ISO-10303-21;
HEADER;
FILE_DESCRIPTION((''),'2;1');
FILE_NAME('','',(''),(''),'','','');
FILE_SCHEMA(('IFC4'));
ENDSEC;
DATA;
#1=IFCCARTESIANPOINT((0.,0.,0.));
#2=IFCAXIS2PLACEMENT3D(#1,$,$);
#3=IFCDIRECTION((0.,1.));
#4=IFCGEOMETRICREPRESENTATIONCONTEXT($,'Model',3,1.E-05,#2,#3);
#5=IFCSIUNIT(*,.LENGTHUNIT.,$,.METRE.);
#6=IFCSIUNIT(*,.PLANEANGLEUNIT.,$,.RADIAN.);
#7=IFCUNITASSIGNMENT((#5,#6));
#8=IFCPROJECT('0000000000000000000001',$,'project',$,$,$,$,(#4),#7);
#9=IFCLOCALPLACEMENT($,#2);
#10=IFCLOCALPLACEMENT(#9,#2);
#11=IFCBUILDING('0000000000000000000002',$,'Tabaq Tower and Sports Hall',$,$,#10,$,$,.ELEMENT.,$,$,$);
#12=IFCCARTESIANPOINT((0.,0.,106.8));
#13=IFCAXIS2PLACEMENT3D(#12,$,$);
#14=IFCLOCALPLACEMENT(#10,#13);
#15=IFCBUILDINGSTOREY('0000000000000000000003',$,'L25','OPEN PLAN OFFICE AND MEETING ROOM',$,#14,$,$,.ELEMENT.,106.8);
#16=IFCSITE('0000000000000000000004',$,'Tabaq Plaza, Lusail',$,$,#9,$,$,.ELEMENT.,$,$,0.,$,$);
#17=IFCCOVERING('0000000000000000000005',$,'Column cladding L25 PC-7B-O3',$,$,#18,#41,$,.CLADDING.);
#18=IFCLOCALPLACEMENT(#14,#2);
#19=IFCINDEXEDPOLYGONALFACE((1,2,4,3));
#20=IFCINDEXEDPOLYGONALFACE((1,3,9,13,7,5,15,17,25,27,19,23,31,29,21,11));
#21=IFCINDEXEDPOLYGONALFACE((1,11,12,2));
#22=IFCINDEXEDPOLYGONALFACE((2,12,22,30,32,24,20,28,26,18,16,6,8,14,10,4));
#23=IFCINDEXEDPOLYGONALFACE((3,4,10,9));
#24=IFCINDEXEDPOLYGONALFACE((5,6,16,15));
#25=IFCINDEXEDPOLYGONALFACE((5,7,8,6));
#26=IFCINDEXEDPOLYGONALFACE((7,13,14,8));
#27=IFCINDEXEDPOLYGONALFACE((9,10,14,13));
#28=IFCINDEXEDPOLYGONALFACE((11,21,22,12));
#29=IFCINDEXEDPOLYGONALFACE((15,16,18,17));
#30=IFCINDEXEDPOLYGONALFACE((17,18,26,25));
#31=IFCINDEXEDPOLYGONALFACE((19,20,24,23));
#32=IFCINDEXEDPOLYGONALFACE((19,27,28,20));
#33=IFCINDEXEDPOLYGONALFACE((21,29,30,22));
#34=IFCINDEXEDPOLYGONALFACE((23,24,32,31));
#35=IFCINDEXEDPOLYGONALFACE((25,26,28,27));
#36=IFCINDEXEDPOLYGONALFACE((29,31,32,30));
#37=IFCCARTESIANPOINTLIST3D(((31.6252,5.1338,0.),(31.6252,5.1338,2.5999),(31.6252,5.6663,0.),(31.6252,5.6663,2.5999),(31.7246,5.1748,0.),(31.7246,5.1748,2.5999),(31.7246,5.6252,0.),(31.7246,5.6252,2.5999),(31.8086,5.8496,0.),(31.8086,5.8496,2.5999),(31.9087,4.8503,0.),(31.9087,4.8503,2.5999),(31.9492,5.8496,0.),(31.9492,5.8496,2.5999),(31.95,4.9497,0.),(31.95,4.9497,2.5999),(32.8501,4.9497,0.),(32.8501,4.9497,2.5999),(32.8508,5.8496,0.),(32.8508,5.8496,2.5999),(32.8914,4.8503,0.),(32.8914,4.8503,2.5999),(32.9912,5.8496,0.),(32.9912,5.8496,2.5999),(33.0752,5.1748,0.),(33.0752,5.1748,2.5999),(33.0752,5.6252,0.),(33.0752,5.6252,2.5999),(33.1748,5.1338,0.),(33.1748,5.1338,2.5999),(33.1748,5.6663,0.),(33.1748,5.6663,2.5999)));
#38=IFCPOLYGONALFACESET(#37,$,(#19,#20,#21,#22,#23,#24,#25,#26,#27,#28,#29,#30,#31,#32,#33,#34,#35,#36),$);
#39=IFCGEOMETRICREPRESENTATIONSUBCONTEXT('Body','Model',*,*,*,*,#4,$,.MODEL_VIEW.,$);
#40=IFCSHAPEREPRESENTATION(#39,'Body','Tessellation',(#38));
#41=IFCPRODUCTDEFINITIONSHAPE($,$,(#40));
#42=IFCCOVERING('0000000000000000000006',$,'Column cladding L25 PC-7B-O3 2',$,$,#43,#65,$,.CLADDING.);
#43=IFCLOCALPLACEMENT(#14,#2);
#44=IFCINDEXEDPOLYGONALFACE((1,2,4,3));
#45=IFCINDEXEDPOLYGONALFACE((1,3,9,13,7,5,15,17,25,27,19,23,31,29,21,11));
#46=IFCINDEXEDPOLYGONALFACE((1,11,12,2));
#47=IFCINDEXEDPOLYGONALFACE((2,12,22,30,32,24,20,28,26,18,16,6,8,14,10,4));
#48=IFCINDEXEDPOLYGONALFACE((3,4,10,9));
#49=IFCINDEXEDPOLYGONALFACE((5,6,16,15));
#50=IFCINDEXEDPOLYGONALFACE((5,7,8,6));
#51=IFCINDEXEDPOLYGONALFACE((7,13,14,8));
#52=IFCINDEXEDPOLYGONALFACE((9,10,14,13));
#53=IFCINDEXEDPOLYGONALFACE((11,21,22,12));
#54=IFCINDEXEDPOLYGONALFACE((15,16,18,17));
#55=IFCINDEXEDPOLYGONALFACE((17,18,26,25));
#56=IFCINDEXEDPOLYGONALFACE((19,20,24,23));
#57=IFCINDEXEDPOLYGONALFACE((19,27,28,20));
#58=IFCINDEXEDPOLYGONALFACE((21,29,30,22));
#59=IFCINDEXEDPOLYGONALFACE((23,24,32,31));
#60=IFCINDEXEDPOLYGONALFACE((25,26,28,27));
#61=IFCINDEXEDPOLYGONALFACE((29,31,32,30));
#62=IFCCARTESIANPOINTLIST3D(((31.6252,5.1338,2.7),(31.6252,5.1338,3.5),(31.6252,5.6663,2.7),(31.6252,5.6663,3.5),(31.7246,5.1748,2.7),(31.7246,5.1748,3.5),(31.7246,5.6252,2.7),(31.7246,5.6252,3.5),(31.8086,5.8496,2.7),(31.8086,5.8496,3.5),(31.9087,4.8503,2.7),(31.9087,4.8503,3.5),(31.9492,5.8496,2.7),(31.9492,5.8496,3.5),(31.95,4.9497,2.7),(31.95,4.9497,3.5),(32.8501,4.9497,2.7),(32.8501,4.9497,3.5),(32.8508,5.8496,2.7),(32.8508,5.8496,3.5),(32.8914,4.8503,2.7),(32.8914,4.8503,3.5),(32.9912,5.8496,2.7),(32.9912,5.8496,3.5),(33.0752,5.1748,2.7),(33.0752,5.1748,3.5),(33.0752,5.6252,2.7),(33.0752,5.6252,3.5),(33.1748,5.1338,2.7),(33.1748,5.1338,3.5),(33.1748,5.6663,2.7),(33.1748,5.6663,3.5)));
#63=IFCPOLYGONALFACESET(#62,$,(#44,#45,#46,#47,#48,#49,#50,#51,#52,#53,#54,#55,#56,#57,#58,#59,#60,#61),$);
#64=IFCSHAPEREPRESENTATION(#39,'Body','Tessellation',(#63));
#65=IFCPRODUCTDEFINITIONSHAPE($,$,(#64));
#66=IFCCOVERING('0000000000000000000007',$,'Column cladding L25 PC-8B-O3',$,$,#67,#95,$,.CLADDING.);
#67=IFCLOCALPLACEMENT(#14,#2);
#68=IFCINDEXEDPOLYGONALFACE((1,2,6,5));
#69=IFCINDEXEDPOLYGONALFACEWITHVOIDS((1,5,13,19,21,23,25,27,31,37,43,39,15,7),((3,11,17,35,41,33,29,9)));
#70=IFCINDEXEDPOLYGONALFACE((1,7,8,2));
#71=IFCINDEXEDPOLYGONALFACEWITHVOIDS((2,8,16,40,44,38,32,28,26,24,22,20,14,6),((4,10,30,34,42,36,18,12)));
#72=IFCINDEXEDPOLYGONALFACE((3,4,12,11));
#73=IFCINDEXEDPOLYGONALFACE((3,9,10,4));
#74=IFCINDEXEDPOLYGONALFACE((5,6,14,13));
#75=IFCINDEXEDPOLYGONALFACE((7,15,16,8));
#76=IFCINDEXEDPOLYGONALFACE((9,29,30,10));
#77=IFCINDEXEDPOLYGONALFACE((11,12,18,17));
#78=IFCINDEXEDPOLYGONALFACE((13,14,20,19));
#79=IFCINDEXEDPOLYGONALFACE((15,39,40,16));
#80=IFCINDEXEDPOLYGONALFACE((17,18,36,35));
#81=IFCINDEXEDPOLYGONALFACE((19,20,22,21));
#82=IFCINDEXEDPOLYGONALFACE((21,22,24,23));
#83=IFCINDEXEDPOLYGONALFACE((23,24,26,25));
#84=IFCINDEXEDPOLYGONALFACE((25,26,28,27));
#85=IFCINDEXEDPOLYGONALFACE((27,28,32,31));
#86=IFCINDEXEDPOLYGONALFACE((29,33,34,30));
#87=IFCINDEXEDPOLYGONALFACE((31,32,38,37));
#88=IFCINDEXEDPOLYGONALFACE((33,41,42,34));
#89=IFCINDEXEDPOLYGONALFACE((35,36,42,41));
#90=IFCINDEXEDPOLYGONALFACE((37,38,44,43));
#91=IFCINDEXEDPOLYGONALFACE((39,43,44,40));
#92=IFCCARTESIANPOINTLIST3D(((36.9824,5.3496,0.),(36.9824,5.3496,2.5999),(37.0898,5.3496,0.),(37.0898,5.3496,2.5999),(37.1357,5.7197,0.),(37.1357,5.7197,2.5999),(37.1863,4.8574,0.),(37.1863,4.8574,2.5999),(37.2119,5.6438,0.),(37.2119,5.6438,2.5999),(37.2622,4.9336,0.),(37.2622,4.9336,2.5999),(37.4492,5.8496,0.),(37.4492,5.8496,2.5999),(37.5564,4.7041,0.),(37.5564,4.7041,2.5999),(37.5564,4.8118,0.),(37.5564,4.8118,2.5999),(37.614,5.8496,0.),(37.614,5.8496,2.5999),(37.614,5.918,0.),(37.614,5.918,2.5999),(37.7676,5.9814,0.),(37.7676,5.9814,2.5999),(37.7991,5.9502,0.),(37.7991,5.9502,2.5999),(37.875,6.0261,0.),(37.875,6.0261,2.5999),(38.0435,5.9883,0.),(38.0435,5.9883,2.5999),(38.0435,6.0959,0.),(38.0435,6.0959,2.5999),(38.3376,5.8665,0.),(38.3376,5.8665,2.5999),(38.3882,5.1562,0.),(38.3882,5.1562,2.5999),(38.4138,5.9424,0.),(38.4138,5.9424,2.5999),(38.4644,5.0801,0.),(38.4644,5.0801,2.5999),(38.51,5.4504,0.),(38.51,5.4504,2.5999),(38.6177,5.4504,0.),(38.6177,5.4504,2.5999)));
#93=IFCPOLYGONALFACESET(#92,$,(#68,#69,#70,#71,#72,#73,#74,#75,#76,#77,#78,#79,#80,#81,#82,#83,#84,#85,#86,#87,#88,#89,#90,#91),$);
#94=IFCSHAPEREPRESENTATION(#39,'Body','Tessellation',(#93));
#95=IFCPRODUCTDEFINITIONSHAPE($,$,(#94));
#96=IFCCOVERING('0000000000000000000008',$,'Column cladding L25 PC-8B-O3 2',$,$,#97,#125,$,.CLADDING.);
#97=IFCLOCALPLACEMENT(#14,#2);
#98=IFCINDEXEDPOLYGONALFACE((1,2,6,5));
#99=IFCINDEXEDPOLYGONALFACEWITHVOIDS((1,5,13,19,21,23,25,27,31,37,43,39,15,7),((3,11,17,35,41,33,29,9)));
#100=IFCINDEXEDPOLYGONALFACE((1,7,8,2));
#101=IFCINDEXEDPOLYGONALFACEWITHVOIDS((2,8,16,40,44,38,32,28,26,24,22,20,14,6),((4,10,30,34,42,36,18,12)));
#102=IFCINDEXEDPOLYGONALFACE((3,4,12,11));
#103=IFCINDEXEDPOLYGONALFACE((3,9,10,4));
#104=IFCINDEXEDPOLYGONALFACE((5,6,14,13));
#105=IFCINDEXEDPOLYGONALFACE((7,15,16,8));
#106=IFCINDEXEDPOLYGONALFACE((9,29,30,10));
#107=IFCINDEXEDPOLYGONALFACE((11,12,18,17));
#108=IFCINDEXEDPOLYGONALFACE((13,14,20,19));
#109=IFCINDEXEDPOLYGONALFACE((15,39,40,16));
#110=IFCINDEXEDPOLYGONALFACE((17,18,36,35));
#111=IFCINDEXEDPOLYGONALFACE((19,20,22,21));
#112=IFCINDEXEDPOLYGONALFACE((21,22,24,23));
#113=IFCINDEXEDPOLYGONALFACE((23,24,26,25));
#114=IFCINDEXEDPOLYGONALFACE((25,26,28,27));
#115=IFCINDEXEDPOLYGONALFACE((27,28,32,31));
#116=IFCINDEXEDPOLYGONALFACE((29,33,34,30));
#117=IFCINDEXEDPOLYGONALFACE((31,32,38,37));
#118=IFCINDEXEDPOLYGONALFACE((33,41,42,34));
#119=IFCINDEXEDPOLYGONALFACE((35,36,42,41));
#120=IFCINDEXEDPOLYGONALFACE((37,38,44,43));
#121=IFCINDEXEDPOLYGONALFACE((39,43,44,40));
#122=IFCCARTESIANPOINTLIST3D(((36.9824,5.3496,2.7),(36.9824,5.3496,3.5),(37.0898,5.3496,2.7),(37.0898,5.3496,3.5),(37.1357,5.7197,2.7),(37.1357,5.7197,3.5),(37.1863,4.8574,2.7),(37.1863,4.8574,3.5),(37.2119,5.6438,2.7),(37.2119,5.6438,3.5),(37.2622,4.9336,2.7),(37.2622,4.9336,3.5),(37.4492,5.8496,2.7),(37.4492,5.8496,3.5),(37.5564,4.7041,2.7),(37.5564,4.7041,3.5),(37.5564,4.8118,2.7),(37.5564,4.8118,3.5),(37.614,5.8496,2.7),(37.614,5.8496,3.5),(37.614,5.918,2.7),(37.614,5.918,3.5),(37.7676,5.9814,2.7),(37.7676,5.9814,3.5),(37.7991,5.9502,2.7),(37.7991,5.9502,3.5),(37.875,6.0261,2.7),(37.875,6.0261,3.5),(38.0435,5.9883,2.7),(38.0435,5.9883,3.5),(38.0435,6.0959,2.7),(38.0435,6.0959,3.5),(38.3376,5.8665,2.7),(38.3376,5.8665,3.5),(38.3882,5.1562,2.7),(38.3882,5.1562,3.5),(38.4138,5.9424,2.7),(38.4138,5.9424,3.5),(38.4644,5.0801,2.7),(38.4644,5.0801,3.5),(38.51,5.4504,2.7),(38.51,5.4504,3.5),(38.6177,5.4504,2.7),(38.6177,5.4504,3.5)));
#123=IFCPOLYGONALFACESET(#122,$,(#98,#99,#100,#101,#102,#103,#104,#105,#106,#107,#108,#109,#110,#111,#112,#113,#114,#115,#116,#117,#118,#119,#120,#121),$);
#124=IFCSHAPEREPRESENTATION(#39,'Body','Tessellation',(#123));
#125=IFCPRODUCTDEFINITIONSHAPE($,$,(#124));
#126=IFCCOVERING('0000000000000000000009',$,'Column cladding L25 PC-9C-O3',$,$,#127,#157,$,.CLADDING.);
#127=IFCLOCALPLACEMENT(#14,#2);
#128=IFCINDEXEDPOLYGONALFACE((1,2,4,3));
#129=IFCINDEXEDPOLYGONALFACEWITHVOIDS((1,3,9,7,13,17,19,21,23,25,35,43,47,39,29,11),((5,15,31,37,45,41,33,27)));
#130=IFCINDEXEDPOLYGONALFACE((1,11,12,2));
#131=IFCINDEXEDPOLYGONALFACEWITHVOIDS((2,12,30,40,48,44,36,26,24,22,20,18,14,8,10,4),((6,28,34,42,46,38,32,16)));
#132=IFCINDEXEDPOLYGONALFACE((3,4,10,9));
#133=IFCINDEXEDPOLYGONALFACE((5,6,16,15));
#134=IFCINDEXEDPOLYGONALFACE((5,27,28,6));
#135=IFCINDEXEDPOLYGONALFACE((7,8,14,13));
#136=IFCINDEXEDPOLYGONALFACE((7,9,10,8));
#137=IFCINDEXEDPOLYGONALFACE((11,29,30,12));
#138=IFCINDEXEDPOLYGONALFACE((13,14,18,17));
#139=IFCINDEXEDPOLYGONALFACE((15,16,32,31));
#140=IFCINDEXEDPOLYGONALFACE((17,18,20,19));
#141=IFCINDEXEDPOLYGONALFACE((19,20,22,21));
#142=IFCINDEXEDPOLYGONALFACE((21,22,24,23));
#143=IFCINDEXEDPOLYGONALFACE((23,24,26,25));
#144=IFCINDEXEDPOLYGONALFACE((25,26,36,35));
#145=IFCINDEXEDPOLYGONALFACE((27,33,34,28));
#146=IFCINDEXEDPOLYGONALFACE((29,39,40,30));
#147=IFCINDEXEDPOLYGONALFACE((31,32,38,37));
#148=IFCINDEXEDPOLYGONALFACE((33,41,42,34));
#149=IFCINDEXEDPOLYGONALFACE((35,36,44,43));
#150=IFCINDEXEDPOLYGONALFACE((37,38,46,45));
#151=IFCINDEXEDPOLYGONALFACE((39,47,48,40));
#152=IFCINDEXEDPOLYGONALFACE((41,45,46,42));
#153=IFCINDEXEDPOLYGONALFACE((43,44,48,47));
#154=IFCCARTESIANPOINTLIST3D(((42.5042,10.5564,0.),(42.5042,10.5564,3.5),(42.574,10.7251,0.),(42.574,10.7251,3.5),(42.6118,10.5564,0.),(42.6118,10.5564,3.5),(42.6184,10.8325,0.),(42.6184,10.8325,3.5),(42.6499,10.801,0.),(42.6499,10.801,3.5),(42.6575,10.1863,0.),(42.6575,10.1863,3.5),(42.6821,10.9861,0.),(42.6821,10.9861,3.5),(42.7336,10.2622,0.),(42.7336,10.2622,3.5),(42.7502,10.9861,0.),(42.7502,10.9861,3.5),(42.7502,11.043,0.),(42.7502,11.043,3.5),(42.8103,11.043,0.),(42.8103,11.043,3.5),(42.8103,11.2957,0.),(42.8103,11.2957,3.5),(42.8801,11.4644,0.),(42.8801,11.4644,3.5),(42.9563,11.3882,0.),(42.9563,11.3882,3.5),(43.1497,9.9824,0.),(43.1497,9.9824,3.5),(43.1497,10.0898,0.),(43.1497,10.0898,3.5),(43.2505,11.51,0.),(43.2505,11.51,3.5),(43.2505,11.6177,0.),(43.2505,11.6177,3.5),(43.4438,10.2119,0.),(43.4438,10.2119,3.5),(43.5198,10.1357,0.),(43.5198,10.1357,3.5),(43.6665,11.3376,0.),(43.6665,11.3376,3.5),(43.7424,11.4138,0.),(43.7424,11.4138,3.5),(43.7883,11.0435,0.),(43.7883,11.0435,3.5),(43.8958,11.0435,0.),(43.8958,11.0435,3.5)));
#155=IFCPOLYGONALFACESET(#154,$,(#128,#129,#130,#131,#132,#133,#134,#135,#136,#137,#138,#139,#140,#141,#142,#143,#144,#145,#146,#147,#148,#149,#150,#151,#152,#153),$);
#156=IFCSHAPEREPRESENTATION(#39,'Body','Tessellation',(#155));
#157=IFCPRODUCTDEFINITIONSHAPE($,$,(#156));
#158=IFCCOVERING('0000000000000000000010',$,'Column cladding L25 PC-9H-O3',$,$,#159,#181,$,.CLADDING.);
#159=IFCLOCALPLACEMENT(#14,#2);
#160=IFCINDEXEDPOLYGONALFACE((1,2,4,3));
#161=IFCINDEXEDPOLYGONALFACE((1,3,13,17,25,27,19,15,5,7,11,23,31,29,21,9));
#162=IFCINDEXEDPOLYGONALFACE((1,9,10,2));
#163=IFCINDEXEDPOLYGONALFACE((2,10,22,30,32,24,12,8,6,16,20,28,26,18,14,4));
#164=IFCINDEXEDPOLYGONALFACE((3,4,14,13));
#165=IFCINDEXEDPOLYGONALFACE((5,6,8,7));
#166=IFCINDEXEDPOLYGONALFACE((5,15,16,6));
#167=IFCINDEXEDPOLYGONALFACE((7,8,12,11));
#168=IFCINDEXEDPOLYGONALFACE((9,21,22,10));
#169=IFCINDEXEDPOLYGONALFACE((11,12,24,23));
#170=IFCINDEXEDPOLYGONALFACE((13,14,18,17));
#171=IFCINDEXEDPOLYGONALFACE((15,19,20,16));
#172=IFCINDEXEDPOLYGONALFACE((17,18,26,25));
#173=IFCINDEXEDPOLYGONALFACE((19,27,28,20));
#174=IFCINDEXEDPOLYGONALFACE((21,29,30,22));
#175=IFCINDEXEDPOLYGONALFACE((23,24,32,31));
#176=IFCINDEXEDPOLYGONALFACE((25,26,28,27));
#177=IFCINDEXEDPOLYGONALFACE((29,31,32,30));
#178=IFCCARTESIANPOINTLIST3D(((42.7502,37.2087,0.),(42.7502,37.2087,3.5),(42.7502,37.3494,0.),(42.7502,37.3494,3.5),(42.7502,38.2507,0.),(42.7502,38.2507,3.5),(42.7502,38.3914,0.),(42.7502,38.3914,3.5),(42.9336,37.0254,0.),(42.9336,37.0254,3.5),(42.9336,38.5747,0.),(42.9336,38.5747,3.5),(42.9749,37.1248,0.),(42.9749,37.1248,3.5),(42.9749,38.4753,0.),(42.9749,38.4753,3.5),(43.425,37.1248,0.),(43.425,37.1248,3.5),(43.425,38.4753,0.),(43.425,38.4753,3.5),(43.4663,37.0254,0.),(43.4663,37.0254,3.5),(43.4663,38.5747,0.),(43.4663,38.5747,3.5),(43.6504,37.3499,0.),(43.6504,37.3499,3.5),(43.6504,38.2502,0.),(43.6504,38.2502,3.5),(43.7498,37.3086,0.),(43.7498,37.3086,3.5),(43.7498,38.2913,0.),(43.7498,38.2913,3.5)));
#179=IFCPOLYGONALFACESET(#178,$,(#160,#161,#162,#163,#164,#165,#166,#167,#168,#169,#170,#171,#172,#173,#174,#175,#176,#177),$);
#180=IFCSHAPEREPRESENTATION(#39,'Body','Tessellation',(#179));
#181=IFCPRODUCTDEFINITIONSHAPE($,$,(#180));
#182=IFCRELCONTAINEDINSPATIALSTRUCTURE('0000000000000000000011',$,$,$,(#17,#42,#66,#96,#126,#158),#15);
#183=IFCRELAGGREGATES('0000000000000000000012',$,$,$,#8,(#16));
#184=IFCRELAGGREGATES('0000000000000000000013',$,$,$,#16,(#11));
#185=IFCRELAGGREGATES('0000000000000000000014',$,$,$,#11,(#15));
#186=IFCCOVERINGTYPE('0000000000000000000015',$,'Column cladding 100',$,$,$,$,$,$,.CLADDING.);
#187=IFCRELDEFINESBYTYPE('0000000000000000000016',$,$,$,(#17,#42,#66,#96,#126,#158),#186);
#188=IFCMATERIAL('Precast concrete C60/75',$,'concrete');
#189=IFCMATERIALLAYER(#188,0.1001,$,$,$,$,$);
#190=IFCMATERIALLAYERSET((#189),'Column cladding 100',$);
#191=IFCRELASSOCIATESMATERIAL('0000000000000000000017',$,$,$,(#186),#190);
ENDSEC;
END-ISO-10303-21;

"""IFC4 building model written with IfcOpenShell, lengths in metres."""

from ifc_helpers import new_model, si_unit, direction, frame, origin, place, context, subcontext, project, spatial, polyline, outline, extrude, material, layer, layer_set, type_object, element, save


model = new_model("IFC4")

# Units and contexts
model_context = context("Model", 3, precision=1e-05, world=origin(), true_north=direction((0.0, 1.0)))
body_context = subcontext(model_context, "Body", "Model", "MODEL_VIEW")
ifc_project = project(units=[si_unit("LENGTHUNIT", "METRE"), si_unit("PLANEANGLEUNIT", "RADIAN")], contexts=[model_context])

# Site, building, storey
site_placement = place(None, origin())
site = spatial("IfcSite", under=ifc_project, at=site_placement, Name="Tabaq Plaza, Lusail", CompositionType="ELEMENT", RefElevation=0.0)
building_placement = place(site_placement, origin())
building = spatial("IfcBuilding", under=site, at=building_placement, Name="Tabaq Tower and Sports Hall", CompositionType="ELEMENT")
storey_placement = place(building_placement, frame((0.0, 0.0, 106.8)))
storey = spatial("IfcBuildingStorey", under=building, at=storey_placement, Name="L25", Description="OPEN PLAN OFFICE AND MEETING ROOM", CompositionType="ELEMENT", Elevation=106.8)

# Coverings
ifc_material_1 = material(Name="Precast concrete C60/75", Category="concrete")
ifc_layer_1 = layer(ifc_material_1, 0.1001)
ifc_layer_set_1 = layer_set([ifc_layer_1], Name="Column cladding 100")
covering_type = type_object("IfcCoveringType", Name="Column cladding 100", PredefinedType="CLADDING", material=ifc_layer_set_1)
covering_1_placement = place(storey_placement, origin())
element("IfcCovering", 1, at=covering_1_placement, inside=storey, type_object=covering_type, Name="Column cladding L25 PC-7B-O3", PredefinedType="CLADDING", context=body_context, shape_type="SweptSolid", body=[
    extrude(outline(polyline([(31.6252, 5.6663), (31.8086, 5.8496), (31.9492, 5.8496), (31.7246, 5.6252), (31.7246, 5.1748), (31.95, 4.9497), (32.8501, 4.9497), (33.0752, 5.1748), (33.0752, 5.6252), (32.8508, 5.8496), (32.9912, 5.8496), (33.1748, 5.6663), (33.1748, 5.1338), (32.8914, 4.8503), (31.9087, 4.8503), (31.6252, 5.1338), (31.6252, 5.6663)])), origin(), (0.0, 0.0, 1.0), 2.5999),
])
covering_2_placement = place(storey_placement, frame((0.0, 0.0, 2.7)))
element("IfcCovering", 2, at=covering_2_placement, inside=storey, type_object=covering_type, Name="Column cladding L25 PC-7B-O3 2", PredefinedType="CLADDING", context=body_context, shape_type="SweptSolid", body=[
    extrude(outline(polyline([(31.6252, 5.6663), (31.8086, 5.8496), (31.9492, 5.8496), (31.7246, 5.6252), (31.7246, 5.1748), (31.95, 4.9497), (32.8501, 4.9497), (33.0752, 5.1748), (33.0752, 5.6252), (32.8508, 5.8496), (32.9912, 5.8496), (33.1748, 5.6663), (33.1748, 5.1338), (32.8914, 4.8503), (31.9087, 4.8503), (31.6252, 5.1338), (31.6252, 5.6663)])), origin(), (0.0, 0.0, 1.0), 0.8),
])
covering_3_placement = place(storey_placement, origin())
element("IfcCovering", 3, at=covering_3_placement, inside=storey, type_object=covering_type, Name="Column cladding L25 PC-8B-O3", PredefinedType="CLADDING", context=body_context, shape_type="SweptSolid", body=[
    extrude(outline(polyline([(36.9824, 5.3496), (37.1357, 5.7197), (37.4492, 5.8496), (37.614, 5.8496), (37.614, 5.918), (37.7676, 5.9814), (37.7991, 5.9502), (37.875, 6.0261), (38.0435, 6.0959), (38.4138, 5.9424), (38.6177, 5.4504), (38.4644, 5.0801), (37.5564, 4.7041), (37.1863, 4.8574), (36.9824, 5.3496)]), holes=[polyline([(38.51, 5.4504), (38.3376, 5.8665), (38.0435, 5.9883), (37.2119, 5.6438), (37.0898, 5.3496), (37.2622, 4.9336), (37.5564, 4.8118), (38.3882, 5.1562), (38.51, 5.4504)])]), origin(), (0.0, 0.0, 1.0), 2.5999),
])
covering_4_placement = place(storey_placement, frame((0.0, 0.0, 2.7)))
element("IfcCovering", 4, at=covering_4_placement, inside=storey, type_object=covering_type, Name="Column cladding L25 PC-8B-O3 2", PredefinedType="CLADDING", context=body_context, shape_type="SweptSolid", body=[
    extrude(outline(polyline([(36.9824, 5.3496), (37.1357, 5.7197), (37.4492, 5.8496), (37.614, 5.8496), (37.614, 5.918), (37.7676, 5.9814), (37.7991, 5.9502), (37.875, 6.0261), (38.0435, 6.0959), (38.4138, 5.9424), (38.6177, 5.4504), (38.4644, 5.0801), (37.5564, 4.7041), (37.1863, 4.8574), (36.9824, 5.3496)]), holes=[polyline([(38.51, 5.4504), (38.3376, 5.8665), (38.0435, 5.9883), (37.2119, 5.6438), (37.0898, 5.3496), (37.2622, 4.9336), (37.5564, 4.8118), (38.3882, 5.1562), (38.51, 5.4504)])]), origin(), (0.0, 0.0, 1.0), 0.8),
])
covering_5_placement = place(storey_placement, origin())
element("IfcCovering", 5, at=covering_5_placement, inside=storey, type_object=covering_type, Name="Column cladding L25 PC-9C-O3", PredefinedType="CLADDING", context=body_context, shape_type="SweptSolid", body=[
    extrude(outline(polyline([(42.6575, 10.1863), (42.5042, 10.5564), (42.574, 10.7251), (42.6499, 10.801), (42.6184, 10.8325), (42.6821, 10.9861), (42.7502, 10.9861), (42.7502, 11.043), (42.8103, 11.043), (42.8103, 11.2957), (42.8801, 11.4644), (43.2505, 11.6177), (43.7424, 11.4138), (43.8958, 11.0435), (43.5198, 10.1357), (43.1497, 9.9824), (42.6575, 10.1863)]), holes=[polyline([(43.6665, 11.3376), (43.2505, 11.51), (42.9563, 11.3882), (42.6118, 10.5564), (42.7336, 10.2622), (43.1497, 10.0898), (43.4438, 10.2119), (43.7883, 11.0435), (43.6665, 11.3376)])]), origin(), (0.0, 0.0, 1.0), 3.5),
])
covering_6_placement = place(storey_placement, origin())
element("IfcCovering", 6, at=covering_6_placement, inside=storey, type_object=covering_type, Name="Column cladding L25 PC-9H-O3", PredefinedType="CLADDING", context=body_context, shape_type="SweptSolid", body=[
    extrude(outline(polyline([(42.9336, 37.0254), (42.7502, 37.2087), (42.7502, 37.3494), (42.9749, 37.1248), (43.425, 37.1248), (43.6504, 37.3499), (43.6504, 38.2502), (43.425, 38.4753), (42.9749, 38.4753), (42.7502, 38.2507), (42.7502, 38.3914), (42.9336, 38.5747), (43.4663, 38.5747), (43.7498, 38.2913), (43.7498, 37.3086), (43.4663, 37.0254), (42.9336, 37.0254)])), origin(), (0.0, 0.0, 1.0), 3.5),
])

save(model, "model.ifc")
